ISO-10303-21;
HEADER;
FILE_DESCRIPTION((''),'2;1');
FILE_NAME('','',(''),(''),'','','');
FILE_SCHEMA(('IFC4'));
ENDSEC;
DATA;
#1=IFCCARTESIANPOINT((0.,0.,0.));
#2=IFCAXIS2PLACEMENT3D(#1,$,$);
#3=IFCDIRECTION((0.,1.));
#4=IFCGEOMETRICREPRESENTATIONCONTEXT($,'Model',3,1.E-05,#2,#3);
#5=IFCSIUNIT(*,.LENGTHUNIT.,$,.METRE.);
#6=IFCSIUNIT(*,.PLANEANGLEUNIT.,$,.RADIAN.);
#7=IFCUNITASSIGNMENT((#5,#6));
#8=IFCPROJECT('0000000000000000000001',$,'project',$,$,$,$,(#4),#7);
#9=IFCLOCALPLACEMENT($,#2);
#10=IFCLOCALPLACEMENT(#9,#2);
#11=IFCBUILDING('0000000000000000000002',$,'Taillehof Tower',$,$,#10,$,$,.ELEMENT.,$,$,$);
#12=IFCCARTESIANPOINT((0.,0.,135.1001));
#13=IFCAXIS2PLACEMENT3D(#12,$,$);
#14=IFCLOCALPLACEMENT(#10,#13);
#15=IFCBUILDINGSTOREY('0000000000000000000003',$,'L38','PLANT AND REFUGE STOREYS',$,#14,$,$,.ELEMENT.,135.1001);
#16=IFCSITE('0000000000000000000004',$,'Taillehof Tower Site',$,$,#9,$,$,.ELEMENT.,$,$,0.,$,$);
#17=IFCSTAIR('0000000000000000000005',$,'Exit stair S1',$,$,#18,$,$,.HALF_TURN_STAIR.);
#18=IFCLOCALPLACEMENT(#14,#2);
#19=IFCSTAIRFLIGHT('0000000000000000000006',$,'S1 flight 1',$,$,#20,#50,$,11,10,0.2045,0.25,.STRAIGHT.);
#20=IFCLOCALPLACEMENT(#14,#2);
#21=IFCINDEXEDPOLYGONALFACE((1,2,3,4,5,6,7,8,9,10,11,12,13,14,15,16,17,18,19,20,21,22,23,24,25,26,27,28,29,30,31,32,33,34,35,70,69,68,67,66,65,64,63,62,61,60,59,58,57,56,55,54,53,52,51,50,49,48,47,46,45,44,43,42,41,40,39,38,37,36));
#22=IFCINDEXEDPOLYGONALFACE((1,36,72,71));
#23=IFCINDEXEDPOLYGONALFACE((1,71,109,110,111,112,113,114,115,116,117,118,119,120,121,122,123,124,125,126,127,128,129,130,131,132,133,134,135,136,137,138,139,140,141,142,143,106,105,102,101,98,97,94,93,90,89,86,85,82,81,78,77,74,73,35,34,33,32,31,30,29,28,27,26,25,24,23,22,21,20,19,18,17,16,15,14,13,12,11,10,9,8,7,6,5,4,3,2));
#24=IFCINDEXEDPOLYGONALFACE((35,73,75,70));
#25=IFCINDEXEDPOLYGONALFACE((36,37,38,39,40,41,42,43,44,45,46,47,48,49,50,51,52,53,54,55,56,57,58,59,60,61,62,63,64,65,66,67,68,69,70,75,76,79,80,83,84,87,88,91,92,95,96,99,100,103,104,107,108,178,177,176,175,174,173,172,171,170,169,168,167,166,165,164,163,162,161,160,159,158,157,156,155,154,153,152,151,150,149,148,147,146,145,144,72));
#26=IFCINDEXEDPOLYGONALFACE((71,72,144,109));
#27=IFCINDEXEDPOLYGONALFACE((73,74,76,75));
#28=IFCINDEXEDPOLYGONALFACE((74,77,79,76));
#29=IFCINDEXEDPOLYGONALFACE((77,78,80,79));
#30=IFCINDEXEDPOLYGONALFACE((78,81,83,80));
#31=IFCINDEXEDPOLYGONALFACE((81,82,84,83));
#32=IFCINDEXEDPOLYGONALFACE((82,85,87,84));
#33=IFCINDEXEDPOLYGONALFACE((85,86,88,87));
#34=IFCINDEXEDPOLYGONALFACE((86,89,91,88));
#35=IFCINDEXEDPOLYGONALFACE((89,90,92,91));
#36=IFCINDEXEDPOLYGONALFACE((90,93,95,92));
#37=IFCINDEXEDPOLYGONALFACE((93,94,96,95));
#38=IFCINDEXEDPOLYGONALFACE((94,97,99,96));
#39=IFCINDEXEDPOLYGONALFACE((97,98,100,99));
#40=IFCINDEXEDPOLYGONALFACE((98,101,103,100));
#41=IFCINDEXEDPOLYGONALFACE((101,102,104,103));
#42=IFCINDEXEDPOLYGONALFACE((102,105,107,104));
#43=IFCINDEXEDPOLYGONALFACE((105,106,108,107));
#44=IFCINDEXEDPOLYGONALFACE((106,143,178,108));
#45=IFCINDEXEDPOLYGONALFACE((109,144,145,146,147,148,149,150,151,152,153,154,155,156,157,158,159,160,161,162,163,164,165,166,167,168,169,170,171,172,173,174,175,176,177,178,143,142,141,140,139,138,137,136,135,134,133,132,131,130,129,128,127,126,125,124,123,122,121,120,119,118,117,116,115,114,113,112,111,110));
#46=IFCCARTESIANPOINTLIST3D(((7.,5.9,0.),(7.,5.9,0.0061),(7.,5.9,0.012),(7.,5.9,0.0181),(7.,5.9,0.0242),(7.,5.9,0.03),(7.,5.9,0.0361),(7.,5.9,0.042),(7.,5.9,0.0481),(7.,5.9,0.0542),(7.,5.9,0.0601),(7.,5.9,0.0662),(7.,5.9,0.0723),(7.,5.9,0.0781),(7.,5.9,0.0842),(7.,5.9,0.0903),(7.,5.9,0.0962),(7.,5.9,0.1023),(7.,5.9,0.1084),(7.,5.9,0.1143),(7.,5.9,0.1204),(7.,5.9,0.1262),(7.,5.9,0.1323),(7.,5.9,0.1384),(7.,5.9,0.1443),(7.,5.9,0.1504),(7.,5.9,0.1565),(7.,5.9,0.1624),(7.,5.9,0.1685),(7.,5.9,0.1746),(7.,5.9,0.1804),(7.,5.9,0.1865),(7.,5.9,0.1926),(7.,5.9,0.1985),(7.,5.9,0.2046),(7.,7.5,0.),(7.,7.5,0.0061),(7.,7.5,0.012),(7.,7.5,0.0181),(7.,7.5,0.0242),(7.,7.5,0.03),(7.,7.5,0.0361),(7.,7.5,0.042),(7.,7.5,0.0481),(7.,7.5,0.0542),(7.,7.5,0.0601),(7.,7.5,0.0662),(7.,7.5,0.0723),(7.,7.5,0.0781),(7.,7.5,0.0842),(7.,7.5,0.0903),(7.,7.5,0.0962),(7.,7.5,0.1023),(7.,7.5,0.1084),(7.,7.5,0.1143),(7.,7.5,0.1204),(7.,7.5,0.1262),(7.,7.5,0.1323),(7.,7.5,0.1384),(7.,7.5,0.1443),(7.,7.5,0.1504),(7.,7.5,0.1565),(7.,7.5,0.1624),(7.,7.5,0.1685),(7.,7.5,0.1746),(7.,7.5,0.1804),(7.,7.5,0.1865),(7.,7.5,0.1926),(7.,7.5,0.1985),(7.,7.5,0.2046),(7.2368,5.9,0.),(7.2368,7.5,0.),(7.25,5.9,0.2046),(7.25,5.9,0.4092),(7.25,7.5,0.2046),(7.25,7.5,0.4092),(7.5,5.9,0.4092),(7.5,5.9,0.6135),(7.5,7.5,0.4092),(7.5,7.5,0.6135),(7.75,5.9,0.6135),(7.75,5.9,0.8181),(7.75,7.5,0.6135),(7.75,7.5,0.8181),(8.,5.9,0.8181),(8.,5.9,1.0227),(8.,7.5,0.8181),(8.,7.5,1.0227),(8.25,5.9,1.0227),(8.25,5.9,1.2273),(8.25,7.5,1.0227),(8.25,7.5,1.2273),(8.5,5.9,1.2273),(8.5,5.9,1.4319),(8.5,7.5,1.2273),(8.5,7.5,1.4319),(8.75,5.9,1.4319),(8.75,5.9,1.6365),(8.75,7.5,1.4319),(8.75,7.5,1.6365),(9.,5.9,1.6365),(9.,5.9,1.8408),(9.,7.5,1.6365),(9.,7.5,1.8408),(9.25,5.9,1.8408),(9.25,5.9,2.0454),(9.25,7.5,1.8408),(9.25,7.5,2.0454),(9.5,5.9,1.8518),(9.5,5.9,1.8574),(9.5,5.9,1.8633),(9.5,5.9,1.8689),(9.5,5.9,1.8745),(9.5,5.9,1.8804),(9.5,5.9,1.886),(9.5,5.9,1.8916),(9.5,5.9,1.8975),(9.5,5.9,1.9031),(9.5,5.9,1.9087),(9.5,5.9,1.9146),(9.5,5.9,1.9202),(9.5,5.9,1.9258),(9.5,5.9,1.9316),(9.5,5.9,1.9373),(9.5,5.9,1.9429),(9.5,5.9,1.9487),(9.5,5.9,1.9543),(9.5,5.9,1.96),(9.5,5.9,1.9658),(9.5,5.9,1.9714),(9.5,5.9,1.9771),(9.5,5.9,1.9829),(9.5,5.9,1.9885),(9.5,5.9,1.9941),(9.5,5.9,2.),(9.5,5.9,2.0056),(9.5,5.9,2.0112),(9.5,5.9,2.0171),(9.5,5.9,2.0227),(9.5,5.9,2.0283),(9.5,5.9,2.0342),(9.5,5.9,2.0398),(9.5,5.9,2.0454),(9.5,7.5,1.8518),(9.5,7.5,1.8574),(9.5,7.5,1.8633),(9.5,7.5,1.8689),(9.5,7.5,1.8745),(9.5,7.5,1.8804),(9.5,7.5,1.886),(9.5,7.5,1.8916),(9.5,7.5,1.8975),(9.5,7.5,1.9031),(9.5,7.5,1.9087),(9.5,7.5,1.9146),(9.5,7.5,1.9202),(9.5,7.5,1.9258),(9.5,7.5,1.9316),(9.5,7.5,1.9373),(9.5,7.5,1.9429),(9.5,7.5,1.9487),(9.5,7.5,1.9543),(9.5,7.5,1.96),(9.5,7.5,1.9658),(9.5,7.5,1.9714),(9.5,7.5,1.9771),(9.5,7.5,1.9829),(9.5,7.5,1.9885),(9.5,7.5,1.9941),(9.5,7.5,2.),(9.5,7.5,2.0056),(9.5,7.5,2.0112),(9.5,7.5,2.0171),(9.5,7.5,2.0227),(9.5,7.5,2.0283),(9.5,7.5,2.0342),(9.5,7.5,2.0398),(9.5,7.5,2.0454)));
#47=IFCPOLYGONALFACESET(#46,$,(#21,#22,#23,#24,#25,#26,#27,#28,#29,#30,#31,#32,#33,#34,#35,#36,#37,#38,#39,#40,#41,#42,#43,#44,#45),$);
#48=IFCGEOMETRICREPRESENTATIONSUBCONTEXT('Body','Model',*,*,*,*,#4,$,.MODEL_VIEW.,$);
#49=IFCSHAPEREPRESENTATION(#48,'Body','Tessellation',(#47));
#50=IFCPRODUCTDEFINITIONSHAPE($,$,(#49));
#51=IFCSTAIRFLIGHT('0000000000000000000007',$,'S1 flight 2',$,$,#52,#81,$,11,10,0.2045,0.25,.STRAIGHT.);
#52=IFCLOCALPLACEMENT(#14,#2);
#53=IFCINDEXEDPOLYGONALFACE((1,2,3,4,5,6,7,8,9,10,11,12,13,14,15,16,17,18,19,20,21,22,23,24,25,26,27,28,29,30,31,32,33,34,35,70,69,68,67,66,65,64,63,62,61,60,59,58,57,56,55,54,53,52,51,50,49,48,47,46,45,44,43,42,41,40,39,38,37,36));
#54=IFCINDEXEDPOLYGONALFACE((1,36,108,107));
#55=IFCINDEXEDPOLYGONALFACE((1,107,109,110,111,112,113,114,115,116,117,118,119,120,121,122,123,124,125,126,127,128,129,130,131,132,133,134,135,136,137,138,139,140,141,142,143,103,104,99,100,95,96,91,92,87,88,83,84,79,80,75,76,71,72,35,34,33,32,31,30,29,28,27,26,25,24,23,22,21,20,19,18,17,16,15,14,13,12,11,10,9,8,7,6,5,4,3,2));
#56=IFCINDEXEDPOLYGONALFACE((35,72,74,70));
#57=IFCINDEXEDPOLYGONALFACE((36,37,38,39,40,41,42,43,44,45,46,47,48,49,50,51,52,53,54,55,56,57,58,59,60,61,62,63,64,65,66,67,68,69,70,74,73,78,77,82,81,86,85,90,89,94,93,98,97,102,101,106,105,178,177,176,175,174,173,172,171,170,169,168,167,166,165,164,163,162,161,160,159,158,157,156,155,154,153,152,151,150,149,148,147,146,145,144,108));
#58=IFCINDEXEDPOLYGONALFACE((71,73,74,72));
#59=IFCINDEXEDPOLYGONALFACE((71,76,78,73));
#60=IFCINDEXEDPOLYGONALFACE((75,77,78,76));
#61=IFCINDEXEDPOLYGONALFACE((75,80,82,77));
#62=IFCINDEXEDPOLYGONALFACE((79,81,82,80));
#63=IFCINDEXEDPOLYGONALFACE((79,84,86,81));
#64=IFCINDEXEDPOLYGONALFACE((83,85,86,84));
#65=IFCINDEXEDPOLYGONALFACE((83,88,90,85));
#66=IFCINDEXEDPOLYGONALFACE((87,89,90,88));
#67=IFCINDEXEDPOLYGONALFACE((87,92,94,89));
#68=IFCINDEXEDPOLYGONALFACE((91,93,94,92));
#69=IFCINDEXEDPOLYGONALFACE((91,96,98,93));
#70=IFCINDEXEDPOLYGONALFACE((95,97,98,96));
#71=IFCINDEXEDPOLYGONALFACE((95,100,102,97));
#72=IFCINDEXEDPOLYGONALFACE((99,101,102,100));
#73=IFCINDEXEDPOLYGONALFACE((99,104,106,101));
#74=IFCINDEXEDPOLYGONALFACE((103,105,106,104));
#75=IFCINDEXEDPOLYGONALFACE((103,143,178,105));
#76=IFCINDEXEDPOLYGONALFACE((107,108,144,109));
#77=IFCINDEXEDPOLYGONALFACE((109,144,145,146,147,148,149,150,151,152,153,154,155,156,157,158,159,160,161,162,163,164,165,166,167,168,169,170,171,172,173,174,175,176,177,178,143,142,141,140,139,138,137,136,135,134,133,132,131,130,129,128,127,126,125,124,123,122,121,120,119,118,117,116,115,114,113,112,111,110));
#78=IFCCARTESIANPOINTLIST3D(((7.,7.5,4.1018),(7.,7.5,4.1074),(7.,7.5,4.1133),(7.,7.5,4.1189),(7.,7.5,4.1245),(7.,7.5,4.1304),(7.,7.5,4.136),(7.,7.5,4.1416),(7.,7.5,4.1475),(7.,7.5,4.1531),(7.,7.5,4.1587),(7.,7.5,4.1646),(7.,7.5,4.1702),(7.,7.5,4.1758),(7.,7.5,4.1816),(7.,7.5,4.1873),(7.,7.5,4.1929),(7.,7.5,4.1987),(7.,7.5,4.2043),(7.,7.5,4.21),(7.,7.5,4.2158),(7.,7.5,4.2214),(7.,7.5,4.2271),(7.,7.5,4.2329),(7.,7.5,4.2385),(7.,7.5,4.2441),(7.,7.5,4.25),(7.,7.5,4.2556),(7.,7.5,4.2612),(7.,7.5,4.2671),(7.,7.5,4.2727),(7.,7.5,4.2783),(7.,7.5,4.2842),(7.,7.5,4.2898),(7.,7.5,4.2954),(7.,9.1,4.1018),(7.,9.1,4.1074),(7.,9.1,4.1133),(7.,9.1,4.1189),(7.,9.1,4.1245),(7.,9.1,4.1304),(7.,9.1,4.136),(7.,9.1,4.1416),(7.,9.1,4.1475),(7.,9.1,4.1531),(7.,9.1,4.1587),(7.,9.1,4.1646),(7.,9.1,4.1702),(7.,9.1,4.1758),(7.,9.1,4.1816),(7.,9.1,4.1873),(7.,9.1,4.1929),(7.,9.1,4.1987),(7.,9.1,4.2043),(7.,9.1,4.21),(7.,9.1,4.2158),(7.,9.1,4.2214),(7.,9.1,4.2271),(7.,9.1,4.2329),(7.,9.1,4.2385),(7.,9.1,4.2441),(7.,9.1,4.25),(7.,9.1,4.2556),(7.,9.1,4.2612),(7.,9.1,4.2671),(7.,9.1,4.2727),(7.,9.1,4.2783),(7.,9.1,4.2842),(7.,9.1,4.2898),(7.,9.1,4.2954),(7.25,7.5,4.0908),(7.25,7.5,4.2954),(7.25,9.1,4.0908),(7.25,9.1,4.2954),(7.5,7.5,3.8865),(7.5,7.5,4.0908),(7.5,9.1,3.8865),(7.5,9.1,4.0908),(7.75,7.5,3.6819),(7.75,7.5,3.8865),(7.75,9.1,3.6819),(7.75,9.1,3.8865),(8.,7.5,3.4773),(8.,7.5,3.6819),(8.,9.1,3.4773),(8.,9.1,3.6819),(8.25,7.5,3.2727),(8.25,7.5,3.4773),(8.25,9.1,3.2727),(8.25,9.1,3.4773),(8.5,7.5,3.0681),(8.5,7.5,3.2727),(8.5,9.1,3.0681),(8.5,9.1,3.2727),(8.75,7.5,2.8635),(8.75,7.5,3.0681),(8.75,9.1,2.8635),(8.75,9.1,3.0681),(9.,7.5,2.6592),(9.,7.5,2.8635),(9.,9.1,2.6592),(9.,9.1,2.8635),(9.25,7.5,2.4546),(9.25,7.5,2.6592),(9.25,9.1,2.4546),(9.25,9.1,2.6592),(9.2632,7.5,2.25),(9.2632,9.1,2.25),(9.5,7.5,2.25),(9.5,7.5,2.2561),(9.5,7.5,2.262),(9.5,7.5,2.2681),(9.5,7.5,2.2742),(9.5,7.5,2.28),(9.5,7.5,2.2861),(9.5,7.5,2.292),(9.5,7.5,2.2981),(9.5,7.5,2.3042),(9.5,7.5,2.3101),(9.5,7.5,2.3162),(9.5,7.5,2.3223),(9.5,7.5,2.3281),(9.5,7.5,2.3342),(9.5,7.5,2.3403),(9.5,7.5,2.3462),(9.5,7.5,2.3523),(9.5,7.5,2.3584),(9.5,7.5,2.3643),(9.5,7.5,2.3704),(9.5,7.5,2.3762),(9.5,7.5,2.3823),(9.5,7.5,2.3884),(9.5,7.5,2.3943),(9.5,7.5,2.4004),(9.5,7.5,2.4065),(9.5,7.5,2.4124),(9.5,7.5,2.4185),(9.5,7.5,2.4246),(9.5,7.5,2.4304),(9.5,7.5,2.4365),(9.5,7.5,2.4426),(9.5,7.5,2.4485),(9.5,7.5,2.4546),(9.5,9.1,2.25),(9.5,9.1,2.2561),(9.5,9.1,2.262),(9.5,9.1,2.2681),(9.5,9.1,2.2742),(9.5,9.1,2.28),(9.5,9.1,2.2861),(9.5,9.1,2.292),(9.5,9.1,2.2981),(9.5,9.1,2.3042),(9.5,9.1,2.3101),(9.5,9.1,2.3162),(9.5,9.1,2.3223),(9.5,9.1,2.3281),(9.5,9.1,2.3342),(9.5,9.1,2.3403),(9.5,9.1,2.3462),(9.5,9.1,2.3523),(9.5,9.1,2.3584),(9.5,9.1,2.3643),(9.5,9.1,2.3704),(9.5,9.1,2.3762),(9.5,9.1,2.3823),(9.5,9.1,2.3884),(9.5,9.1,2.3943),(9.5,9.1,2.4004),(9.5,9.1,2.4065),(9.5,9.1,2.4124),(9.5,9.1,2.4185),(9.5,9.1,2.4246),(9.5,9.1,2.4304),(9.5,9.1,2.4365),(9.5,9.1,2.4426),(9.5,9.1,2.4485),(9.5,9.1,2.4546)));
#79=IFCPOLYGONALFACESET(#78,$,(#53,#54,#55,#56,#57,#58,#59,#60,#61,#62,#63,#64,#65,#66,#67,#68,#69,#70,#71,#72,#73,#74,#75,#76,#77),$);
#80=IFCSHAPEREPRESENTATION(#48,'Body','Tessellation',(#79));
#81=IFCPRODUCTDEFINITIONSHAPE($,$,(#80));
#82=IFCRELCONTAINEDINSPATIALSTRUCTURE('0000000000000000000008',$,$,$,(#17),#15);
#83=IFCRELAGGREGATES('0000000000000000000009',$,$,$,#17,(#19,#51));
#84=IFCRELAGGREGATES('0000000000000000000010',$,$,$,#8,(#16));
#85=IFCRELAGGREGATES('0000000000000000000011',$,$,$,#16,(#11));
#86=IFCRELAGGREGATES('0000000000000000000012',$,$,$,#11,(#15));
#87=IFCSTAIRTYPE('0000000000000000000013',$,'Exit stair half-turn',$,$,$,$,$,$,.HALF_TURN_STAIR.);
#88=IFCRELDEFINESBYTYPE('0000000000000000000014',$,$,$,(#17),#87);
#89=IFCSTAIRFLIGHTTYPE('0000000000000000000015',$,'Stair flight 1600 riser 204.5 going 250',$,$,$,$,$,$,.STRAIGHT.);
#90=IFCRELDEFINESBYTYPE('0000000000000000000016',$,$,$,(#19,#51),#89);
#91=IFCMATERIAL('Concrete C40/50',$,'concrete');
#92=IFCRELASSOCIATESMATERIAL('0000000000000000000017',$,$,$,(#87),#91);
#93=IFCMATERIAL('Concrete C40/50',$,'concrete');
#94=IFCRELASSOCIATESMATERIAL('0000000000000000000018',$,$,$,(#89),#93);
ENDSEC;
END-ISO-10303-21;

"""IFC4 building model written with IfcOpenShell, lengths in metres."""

from ifc_helpers import new_model, si_unit, direction, frame, origin, place, context, subcontext, project, spatial, polyline, outline, extrude, material, type_object, element, aggregate, save


model = new_model("IFC4")

# Units and contexts
model_context = context("Model", 3, precision=1e-05, world=origin(), true_north=direction((0.0, 1.0)))
body_context = subcontext(model_context, "Body", "Model", "MODEL_VIEW")
ifc_project = project(units=[si_unit("LENGTHUNIT", "METRE"), si_unit("PLANEANGLEUNIT", "RADIAN")], contexts=[model_context])

# Site, building, storey
site_placement = place(None, origin())
site = spatial("IfcSite", under=ifc_project, at=site_placement, Name="Taillehof Tower Site", CompositionType="ELEMENT", RefElevation=0.0)
building_placement = place(site_placement, origin())
building = spatial("IfcBuilding", under=site, at=building_placement, Name="Taillehof Tower", CompositionType="ELEMENT")
storey_placement = place(building_placement, frame((0.0, 0.0, 135.1001)))
storey = spatial("IfcBuildingStorey", under=building, at=storey_placement, Name="L38", Description="PLANT AND REFUGE STOREYS", CompositionType="ELEMENT", Elevation=135.1001)

# Stair, stair flights
ifc_material_1 = material(Name="Concrete C40/50", Category="concrete")
stair_type = type_object("IfcStairType", Name="Exit stair half-turn", PredefinedType="HALF_TURN_STAIR", material=ifc_material_1)
stair_placement = place(storey_placement, origin())
stair = element("IfcStair", 1, at=stair_placement, inside=storey, type_object=stair_type, Name="Exit stair S1", PredefinedType="HALF_TURN_STAIR")
ifc_material_2 = material(Name="Concrete C40/50", Category="concrete")
stair_flight_type = type_object("IfcStairFlightType", Name="Stair flight 1600 riser 204.5 going 250", PredefinedType="STRAIGHT", material=ifc_material_2)
stair_flight_1_placement = place(storey_placement, frame((7.0, 6.7, 0.0), z_axis=(0.0, 0.0, 1.0), x_axis=(1.0, 0.0, 0.0)))
stair_flight_1 = element("IfcStairFlight", 2, at=stair_flight_1_placement, type_object=stair_flight_type, Name="S1 flight 1", NumberOfRisers=11, NumberOfTreads=10, PredefinedType="STRAIGHT", RiserHeight=0.2045, TreadLength=0.25, context=body_context, shape_type="SweptSolid", body=[
    extrude(outline(polyline([(0.0, 0.0), (0.0, 0.0061), (0.0, 0.012), (0.0, 0.0181), (0.0, 0.0242), (0.0, 0.03), (0.0, 0.0361), (0.0, 0.042), (0.0, 0.0481), (0.0, 0.0542), (0.0, 0.0601), (0.0, 0.0662), (0.0, 0.0723), (0.0, 0.0781), (0.0, 0.0842), (0.0, 0.0903), (0.0, 0.0962), (0.0, 0.1023), (0.0, 0.1084), (0.0, 0.1143), (0.0, 0.1204), (0.0, 0.1262), (0.0, 0.1323), (0.0, 0.1384), (0.0, 0.1443), (0.0, 0.1504), (0.0, 0.1565), (0.0, 0.1624), (0.0, 0.1685), (0.0, 0.1746), (0.0, 0.1804), (0.0, 0.1865), (0.0, 0.1926), (0.0, 0.1985), (0.0, 0.2046), (0.25, 0.2046), (0.25, 0.4092), (0.5, 0.4092), (0.5, 0.6135), (0.75, 0.6135), (0.75, 0.8181), (1.0, 0.8181), (1.0, 1.0227), (1.25, 1.0227), (1.25, 1.2273), (1.5, 1.2273), (1.5, 1.4319), (1.75, 1.4319), (1.75, 1.6365), (2.0, 1.6365), (2.0, 1.8408), (2.25, 1.8408), (2.25, 2.0454), (2.5, 2.0454), (2.5, 2.0398), (2.5, 2.0342), (2.5, 2.0283), (2.5, 2.0227), (2.5, 2.0171), (2.5, 2.0112), (2.5, 2.0056), (2.5, 2.0), (2.5, 1.9941), (2.5, 1.9885), (2.5, 1.9829), (2.5, 1.9771), (2.5, 1.9714), (2.5, 1.9658), (2.5, 1.96), (2.5, 1.9543), (2.5, 1.9487), (2.5, 1.9429), (2.5, 1.9373), (2.5, 1.9316), (2.5, 1.9258), (2.5, 1.9202), (2.5, 1.9146), (2.5, 1.9087), (2.5, 1.9031), (2.5, 1.8975), (2.5, 1.8916), (2.5, 1.886), (2.5, 1.8804), (2.5, 1.8745), (2.5, 1.8689), (2.5, 1.8633), (2.5, 1.8574), (2.5, 1.8518), (0.2368, 0.0), (0.0, 0.0)])), frame((0.0, 0.8, 0.0), z_axis=(0.0, -1.0, 0.0), x_axis=(1.0, 0.0, 0.0)), (0.0, 0.0, 1.0), 1.6),
])
stair_flight_2_placement = place(storey_placement, frame((9.5, 8.3, 2.25), z_axis=(0.0, 0.0, 1.0), x_axis=(-1.0, 0.0, 0.0)))
stair_flight_2 = element("IfcStairFlight", 3, at=stair_flight_2_placement, type_object=stair_flight_type, Name="S1 flight 2", NumberOfRisers=11, NumberOfTreads=10, PredefinedType="STRAIGHT", RiserHeight=0.2045, TreadLength=0.25, context=body_context, shape_type="SweptSolid", body=[
    extrude(outline(polyline([(0.0, 0.0), (0.0, 0.0061), (0.0, 0.012), (0.0, 0.0181), (0.0, 0.0242), (0.0, 0.03), (0.0, 0.0361), (0.0, 0.042), (0.0, 0.0481), (0.0, 0.0542), (0.0, 0.0601), (0.0, 0.0662), (0.0, 0.0723), (0.0, 0.0781), (0.0, 0.0842), (0.0, 0.0903), (0.0, 0.0962), (0.0, 0.1023), (0.0, 0.1084), (0.0, 0.1143), (0.0, 0.1204), (0.0, 0.1262), (0.0, 0.1323), (0.0, 0.1384), (0.0, 0.1443), (0.0, 0.1504), (0.0, 0.1565), (0.0, 0.1624), (0.0, 0.1685), (0.0, 0.1746), (0.0, 0.1804), (0.0, 0.1865), (0.0, 0.1926), (0.0, 0.1985), (0.0, 0.2046), (0.25, 0.2046), (0.25, 0.4092), (0.5, 0.4092), (0.5, 0.6135), (0.75, 0.6135), (0.75, 0.8181), (1.0, 0.8181), (1.0, 1.0227), (1.25, 1.0227), (1.25, 1.2273), (1.5, 1.2273), (1.5, 1.4319), (1.75, 1.4319), (1.75, 1.6365), (2.0, 1.6365), (2.0, 1.8408), (2.25, 1.8408), (2.25, 2.0454), (2.5, 2.0454), (2.5, 2.0398), (2.5, 2.0342), (2.5, 2.0283), (2.5, 2.0227), (2.5, 2.0171), (2.5, 2.0112), (2.5, 2.0056), (2.5, 2.0), (2.5, 1.9941), (2.5, 1.9885), (2.5, 1.9829), (2.5, 1.9771), (2.5, 1.9714), (2.5, 1.9658), (2.5, 1.96), (2.5, 1.9543), (2.5, 1.9487), (2.5, 1.9429), (2.5, 1.9373), (2.5, 1.9316), (2.5, 1.9258), (2.5, 1.9202), (2.5, 1.9146), (2.5, 1.9087), (2.5, 1.9031), (2.5, 1.8975), (2.5, 1.8916), (2.5, 1.886), (2.5, 1.8804), (2.5, 1.8745), (2.5, 1.8689), (2.5, 1.8633), (2.5, 1.8574), (2.5, 1.8518), (0.2368, 0.0), (0.0, 0.0)])), frame((0.0, 0.8, 0.0), z_axis=(0.0, -1.0, 0.0), x_axis=(1.0, 0.0, 0.0)), (0.0, 0.0, 1.0), 1.6),
])
aggregate(stair, [stair_flight_1, stair_flight_2])

save(model, "model.ifc")
